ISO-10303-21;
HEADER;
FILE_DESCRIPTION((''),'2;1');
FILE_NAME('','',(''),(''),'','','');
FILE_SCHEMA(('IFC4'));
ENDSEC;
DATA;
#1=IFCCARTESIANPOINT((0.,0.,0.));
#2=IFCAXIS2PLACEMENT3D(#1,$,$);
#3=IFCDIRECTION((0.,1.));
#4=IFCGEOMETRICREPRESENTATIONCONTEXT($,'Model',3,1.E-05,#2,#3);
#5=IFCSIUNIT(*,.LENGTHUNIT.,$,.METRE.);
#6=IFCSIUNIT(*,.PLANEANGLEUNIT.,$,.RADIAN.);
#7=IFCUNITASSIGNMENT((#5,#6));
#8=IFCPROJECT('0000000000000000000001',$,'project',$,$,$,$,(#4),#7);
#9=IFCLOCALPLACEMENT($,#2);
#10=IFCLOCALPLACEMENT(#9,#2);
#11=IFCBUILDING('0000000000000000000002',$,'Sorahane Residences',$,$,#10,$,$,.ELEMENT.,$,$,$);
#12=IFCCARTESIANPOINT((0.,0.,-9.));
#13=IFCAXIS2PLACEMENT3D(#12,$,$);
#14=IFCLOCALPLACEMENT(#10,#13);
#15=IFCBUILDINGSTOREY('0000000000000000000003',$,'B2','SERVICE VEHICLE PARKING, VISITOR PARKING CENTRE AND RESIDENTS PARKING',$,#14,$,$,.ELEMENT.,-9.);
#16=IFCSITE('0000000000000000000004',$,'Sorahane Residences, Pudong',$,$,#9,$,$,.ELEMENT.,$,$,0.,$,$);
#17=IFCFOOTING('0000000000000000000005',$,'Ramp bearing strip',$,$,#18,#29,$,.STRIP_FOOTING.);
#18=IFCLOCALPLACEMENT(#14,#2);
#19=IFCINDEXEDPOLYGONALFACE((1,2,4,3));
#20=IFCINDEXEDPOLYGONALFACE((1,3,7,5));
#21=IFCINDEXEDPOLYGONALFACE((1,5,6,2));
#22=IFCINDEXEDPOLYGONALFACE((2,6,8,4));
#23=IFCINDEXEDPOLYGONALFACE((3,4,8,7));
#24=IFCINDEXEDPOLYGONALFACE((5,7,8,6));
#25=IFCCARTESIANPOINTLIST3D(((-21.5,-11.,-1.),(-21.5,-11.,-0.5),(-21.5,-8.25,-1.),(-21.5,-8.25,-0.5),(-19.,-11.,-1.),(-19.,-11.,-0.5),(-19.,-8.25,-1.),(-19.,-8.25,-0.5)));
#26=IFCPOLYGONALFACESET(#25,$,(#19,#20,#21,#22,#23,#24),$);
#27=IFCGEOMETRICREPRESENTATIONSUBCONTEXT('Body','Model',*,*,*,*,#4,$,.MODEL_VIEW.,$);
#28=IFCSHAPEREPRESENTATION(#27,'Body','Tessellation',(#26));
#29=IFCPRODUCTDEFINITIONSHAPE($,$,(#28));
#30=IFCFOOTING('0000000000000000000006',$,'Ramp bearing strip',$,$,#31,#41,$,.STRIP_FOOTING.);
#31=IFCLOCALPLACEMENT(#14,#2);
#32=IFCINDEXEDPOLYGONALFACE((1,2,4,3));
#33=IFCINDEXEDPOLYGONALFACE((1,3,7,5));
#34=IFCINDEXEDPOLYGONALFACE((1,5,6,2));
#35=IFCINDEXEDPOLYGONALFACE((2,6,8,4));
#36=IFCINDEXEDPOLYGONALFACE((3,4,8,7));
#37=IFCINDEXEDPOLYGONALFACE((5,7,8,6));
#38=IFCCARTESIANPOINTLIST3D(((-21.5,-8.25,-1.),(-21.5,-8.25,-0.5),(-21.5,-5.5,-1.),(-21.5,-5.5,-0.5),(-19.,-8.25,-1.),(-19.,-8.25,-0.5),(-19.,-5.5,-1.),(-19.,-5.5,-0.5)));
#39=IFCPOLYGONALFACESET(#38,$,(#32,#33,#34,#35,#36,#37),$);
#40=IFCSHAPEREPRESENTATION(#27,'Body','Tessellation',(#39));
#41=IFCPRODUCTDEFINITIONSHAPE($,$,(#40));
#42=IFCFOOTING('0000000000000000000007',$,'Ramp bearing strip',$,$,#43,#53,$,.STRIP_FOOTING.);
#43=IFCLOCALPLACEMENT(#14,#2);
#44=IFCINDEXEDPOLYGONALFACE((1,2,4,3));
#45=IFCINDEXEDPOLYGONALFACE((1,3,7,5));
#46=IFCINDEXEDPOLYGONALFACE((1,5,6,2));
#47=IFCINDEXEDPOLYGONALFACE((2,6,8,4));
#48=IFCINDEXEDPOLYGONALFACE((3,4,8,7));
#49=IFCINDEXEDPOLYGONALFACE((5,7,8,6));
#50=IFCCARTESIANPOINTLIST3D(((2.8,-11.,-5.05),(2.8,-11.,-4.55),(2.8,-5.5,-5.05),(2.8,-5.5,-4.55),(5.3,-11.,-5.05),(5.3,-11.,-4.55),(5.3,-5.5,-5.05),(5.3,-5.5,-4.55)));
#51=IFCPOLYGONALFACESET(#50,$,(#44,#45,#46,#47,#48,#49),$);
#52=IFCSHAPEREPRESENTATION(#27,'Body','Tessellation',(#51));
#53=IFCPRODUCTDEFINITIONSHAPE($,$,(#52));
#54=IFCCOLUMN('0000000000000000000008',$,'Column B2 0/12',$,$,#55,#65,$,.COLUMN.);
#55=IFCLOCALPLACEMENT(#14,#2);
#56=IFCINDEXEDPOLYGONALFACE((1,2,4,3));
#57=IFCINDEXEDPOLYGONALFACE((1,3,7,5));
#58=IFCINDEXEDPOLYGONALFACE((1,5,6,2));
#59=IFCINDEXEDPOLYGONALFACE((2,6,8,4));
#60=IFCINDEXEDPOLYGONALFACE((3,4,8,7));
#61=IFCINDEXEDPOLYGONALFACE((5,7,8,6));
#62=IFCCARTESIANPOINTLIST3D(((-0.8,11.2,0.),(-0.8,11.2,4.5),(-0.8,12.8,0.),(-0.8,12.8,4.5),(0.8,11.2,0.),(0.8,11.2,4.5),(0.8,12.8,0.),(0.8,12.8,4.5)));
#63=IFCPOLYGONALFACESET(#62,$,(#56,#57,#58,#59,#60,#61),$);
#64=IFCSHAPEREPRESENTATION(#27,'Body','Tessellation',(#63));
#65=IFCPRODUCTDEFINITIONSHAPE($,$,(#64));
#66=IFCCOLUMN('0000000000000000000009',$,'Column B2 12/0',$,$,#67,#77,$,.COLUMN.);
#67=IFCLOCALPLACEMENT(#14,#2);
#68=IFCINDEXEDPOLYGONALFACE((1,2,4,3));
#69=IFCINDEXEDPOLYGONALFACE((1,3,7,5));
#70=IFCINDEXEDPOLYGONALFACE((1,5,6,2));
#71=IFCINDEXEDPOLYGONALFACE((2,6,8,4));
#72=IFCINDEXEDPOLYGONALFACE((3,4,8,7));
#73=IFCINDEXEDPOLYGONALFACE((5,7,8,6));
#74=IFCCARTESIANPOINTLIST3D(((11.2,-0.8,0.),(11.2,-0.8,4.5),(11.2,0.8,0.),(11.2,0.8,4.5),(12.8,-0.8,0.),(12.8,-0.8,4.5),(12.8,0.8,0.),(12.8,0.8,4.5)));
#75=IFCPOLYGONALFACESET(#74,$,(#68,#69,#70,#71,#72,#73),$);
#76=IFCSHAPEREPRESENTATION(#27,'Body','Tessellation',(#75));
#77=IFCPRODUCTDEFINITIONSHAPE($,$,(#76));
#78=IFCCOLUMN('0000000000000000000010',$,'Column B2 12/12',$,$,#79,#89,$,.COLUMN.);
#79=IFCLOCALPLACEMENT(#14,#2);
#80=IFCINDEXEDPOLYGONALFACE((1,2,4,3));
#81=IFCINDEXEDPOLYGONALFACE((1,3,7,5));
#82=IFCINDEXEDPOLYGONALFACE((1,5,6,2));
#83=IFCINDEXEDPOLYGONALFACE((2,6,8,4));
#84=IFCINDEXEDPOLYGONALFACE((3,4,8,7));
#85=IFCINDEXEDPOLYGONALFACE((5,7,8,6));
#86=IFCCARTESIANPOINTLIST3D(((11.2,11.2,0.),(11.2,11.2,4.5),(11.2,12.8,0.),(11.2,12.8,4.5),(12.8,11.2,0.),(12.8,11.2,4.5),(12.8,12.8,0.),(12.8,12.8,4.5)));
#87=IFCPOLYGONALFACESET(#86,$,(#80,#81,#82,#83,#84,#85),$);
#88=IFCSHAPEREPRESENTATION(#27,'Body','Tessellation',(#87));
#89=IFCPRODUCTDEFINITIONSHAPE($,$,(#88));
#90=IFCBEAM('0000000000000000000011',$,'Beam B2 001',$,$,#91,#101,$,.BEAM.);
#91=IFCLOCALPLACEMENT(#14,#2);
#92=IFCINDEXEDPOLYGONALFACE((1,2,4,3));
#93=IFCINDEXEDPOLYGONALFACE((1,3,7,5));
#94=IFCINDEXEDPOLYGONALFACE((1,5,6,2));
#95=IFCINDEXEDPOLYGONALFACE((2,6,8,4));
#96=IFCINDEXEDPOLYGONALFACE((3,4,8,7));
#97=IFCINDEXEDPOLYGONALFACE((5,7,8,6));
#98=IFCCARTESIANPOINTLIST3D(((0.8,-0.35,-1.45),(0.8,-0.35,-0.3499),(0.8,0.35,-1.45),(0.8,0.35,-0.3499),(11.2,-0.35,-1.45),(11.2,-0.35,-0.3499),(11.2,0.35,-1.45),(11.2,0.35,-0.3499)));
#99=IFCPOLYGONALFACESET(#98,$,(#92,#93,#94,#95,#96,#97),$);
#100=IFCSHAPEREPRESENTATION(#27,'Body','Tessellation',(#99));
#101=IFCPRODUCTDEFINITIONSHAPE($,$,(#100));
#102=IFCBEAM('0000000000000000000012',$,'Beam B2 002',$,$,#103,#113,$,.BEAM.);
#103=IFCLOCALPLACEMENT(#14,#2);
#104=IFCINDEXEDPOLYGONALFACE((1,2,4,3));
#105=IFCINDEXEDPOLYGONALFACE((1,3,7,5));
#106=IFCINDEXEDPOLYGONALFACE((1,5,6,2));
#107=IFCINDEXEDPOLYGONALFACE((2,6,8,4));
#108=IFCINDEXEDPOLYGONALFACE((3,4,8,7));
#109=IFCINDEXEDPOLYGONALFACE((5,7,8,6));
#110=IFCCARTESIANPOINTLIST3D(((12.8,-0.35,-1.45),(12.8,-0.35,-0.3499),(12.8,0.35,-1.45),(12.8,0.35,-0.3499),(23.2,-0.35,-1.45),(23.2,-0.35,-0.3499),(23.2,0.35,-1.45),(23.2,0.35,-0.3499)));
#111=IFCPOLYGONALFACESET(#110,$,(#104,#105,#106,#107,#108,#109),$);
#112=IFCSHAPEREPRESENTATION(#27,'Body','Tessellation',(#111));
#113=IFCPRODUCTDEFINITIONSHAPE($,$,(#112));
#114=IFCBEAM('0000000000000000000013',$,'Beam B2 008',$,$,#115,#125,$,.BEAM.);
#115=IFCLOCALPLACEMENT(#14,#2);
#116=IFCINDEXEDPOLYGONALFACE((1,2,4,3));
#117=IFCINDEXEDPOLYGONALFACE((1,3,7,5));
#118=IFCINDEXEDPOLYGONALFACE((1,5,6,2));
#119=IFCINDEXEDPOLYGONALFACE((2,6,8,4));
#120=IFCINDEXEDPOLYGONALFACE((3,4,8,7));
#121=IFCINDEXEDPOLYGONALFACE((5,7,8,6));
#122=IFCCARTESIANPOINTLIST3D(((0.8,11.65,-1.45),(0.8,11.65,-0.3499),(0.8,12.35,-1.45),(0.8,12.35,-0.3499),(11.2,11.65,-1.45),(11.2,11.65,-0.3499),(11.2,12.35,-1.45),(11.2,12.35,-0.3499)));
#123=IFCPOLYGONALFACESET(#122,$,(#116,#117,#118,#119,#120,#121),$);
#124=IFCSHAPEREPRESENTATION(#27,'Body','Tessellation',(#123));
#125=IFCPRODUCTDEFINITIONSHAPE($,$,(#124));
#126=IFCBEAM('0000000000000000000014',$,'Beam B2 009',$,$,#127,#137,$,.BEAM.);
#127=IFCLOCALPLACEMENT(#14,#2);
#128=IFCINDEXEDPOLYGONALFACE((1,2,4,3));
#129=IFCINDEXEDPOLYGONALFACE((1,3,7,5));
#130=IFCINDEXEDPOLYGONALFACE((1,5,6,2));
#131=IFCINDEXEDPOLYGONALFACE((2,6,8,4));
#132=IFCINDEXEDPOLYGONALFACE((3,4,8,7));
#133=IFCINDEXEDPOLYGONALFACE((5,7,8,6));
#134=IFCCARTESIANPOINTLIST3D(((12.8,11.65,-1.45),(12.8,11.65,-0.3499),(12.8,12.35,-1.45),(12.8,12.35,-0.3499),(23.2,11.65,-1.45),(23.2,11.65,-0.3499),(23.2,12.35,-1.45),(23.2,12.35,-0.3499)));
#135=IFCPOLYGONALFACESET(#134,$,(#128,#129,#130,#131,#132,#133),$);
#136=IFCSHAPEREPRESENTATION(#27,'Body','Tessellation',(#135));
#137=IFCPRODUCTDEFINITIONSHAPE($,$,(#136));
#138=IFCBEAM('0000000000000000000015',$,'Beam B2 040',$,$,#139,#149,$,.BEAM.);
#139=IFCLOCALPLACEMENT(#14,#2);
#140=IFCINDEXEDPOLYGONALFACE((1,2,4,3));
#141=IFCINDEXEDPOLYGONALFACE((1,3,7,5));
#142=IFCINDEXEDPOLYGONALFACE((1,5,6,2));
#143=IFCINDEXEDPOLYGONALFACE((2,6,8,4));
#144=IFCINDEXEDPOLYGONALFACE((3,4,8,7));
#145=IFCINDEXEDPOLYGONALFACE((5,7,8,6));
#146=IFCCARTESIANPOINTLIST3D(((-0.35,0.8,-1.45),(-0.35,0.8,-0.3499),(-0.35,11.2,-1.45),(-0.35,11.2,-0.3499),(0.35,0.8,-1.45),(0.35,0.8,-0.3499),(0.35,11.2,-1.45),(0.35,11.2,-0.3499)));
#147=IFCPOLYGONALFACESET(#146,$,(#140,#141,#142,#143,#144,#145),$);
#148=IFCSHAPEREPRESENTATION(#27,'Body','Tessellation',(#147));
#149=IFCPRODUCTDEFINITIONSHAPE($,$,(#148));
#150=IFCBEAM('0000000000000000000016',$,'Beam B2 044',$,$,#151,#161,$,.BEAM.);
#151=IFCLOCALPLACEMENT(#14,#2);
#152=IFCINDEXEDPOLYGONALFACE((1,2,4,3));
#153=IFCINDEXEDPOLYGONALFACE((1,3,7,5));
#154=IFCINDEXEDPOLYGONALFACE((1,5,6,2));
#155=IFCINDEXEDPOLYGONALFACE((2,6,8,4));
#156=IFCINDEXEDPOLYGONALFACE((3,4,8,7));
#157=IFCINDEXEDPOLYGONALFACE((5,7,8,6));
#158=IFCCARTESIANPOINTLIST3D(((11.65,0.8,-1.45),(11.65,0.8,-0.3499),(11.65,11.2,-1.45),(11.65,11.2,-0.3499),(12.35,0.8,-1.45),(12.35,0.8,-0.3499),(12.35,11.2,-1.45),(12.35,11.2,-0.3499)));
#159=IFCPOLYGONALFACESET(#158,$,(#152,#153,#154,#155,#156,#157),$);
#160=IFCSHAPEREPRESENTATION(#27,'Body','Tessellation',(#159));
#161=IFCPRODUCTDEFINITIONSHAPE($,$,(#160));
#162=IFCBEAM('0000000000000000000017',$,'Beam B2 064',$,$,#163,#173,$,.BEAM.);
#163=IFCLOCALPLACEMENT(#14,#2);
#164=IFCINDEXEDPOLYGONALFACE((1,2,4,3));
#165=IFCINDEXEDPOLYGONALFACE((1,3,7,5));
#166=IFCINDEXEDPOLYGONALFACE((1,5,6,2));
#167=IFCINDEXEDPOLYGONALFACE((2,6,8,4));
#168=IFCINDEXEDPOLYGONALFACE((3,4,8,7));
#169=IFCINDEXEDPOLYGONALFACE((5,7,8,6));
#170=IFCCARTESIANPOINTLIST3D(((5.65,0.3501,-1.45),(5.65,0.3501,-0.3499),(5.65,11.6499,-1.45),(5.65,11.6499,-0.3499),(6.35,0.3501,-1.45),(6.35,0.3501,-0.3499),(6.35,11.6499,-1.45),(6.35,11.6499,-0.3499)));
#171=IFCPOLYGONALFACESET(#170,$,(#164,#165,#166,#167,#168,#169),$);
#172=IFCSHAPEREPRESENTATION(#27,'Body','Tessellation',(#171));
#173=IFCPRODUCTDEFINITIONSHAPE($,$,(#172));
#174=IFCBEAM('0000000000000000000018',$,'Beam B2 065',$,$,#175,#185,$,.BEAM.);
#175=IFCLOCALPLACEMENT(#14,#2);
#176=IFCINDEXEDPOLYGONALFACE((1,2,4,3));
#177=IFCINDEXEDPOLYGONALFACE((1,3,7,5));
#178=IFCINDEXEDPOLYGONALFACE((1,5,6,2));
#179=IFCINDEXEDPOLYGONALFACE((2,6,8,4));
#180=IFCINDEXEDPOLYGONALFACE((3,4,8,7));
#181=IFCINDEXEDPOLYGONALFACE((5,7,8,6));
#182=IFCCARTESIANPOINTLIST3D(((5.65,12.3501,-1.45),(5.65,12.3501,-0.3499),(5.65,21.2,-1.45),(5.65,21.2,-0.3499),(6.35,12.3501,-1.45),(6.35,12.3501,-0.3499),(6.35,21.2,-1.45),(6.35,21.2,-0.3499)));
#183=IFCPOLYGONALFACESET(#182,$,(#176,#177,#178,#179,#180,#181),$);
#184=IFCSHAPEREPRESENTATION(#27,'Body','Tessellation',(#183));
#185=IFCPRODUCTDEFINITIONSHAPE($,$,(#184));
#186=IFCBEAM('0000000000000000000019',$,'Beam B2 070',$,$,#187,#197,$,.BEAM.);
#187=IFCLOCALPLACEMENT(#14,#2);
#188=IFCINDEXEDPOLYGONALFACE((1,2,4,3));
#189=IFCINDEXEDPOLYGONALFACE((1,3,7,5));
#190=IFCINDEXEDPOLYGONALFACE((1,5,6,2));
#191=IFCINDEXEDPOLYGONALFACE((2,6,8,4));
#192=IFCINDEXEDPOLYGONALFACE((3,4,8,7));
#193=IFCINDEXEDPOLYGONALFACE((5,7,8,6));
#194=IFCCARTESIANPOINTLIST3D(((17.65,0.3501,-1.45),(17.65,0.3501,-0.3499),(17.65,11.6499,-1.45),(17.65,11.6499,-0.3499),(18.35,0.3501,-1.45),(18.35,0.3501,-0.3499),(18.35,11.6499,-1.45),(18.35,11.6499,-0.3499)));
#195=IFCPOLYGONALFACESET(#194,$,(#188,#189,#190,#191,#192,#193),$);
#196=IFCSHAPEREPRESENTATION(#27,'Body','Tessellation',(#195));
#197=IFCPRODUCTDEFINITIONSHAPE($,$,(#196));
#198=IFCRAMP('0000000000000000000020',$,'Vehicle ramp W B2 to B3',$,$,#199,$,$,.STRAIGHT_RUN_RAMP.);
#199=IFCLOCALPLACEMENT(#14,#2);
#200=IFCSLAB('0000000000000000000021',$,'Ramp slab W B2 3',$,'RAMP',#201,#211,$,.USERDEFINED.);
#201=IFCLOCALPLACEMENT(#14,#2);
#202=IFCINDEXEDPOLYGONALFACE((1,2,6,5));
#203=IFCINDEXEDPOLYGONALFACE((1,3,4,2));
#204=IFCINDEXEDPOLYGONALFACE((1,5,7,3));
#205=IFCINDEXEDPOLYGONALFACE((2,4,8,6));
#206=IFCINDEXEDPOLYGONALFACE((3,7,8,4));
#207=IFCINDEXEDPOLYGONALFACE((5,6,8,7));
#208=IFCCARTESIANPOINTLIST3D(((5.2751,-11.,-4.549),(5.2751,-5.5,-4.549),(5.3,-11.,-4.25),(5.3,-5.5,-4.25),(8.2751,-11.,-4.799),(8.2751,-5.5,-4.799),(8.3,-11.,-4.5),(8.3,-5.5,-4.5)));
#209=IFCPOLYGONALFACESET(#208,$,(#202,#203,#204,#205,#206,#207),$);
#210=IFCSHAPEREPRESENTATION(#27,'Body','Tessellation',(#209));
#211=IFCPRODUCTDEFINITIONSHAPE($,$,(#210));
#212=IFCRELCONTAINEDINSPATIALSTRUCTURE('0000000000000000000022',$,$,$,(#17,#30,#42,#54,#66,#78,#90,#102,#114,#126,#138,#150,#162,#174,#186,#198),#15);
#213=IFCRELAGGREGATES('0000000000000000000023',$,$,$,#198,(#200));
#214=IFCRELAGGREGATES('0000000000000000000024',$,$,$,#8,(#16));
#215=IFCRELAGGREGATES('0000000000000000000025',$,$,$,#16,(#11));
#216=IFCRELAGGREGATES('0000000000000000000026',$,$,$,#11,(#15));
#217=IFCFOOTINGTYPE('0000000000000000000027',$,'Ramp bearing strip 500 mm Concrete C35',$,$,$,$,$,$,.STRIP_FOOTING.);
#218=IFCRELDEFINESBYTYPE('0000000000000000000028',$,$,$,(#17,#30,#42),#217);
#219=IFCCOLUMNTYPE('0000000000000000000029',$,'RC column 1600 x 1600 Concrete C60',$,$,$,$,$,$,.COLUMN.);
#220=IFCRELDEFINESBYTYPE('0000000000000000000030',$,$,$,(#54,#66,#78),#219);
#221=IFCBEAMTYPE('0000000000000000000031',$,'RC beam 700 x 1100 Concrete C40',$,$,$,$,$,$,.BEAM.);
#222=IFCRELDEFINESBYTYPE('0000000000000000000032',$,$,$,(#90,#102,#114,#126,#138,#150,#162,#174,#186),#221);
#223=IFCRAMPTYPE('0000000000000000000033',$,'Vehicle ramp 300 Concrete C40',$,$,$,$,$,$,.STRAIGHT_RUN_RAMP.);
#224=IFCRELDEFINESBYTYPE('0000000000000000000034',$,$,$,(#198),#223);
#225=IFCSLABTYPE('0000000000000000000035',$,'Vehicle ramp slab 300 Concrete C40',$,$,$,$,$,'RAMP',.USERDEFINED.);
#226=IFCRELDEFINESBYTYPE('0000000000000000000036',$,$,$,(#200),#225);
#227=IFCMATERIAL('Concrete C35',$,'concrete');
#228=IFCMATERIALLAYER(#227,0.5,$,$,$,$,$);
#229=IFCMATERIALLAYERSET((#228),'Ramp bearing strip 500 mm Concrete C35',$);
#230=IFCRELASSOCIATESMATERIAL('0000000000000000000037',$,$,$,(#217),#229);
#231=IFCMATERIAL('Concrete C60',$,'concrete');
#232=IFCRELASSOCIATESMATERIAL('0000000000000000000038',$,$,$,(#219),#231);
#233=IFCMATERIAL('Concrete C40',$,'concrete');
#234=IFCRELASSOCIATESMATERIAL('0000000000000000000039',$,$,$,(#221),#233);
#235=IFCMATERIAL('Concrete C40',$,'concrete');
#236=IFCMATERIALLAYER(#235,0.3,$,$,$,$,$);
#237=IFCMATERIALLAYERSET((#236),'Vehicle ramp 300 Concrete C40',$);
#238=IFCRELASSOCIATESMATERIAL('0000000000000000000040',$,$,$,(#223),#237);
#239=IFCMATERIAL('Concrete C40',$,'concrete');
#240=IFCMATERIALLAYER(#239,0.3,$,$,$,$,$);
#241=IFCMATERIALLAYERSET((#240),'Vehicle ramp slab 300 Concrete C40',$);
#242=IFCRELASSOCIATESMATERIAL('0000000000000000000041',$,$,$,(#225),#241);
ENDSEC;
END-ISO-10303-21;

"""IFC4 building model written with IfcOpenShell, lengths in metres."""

from ifc_helpers import new_model, si_unit, direction, frame, origin, origin_2d, place, context, subcontext, project, spatial, polyline, rectangle, outline, extrude, material, layer, layer_set, material_profile, profile_set, type_object, element, aggregate, save


model = new_model("IFC4")

# Units and contexts
model_context = context("Model", 3, precision=1e-05, world=origin(), true_north=direction((0.0, 1.0)))
body_context = subcontext(model_context, "Body", "Model", "MODEL_VIEW")
ifc_project = project(units=[si_unit("LENGTHUNIT", "METRE"), si_unit("PLANEANGLEUNIT", "RADIAN")], contexts=[model_context])

# Site, building, storey
site_placement = place(None, origin())
site = spatial("IfcSite", under=ifc_project, at=site_placement, Name="Sorahane Residences, Pudong", CompositionType="ELEMENT", RefElevation=0.0)
building_placement = place(site_placement, origin())
building = spatial("IfcBuilding", under=site, at=building_placement, Name="Sorahane Residences", CompositionType="ELEMENT")
storey_placement = place(building_placement, frame((0.0, 0.0, -9.0)))
storey = spatial("IfcBuildingStorey", under=building, at=storey_placement, Name="B2", Description="SERVICE VEHICLE PARKING, VISITOR PARKING CENTRE AND RESIDENTS PARKING", CompositionType="ELEMENT", Elevation=-9.0)

# Footings
ifc_material_1 = material(Name="Concrete C35", Category="concrete")
ifc_layer_1 = layer(ifc_material_1, 0.5)
ifc_layer_set_1 = layer_set([ifc_layer_1], Name="Ramp bearing strip 500 mm Concrete C35")
footing_type = type_object("IfcFootingType", Name="Ramp bearing strip 500 mm Concrete C35", PredefinedType="STRIP_FOOTING", material=ifc_layer_set_1)
footing_1_placement = place(storey_placement, frame((0.0, 0.0, -1.0)))
element("IfcFooting", 1, at=footing_1_placement, inside=storey, type_object=footing_type, Name="Ramp bearing strip", PredefinedType="STRIP_FOOTING", context=body_context, shape_type="SweptSolid", body=[
    extrude(outline(polyline([(-21.5, -11.0), (-19.0, -11.0), (-19.0, -8.25), (-21.5, -8.25), (-21.5, -11.0)])), origin(), (0.0, 0.0, 1.0), 0.5),
])
footing_2_placement = place(storey_placement, frame((0.0, 0.0, -1.0)))
element("IfcFooting", 2, at=footing_2_placement, inside=storey, type_object=footing_type, Name="Ramp bearing strip", PredefinedType="STRIP_FOOTING", context=body_context, shape_type="SweptSolid", body=[
    extrude(outline(polyline([(-21.5, -8.25), (-19.0, -8.25), (-19.0, -5.5), (-21.5, -5.5), (-21.5, -8.25)])), origin(), (0.0, 0.0, 1.0), 0.5),
])
footing_3_placement = place(storey_placement, frame((0.0, 0.0, -5.05)))
element("IfcFooting", 3, at=footing_3_placement, inside=storey, type_object=footing_type, Name="Ramp bearing strip", PredefinedType="STRIP_FOOTING", context=body_context, shape_type="SweptSolid", body=[
    extrude(outline(polyline([(2.8, -11.0), (5.3, -11.0), (5.3, -5.5), (2.8, -5.5), (2.8, -11.0)])), origin(), (0.0, 0.0, 1.0), 0.5),
])

# Columns
ifc_material_2 = material(Name="Concrete C60", Category="concrete")
ifc_material_profile_1 = material_profile(ifc_material_2, rectangle(XDim=1.6001, YDim=1.6001, at=origin_2d()), Name="1600x1600")
ifc_profile_set_1 = profile_set([ifc_material_profile_1], Name="Concrete C60")
column_type = type_object("IfcColumnType", Name="RC column 1600 x 1600 Concrete C60", PredefinedType="COLUMN", material=ifc_profile_set_1)
for number, where, z_axis, x_axis, name in (
    (4, (0.0, 12.0, 0.0), (0.0, 0.0, 1.0), (1.0, 0.0, 0.0), "Column B2 0/12"),
    (5, (12.0, 0.0, 0.0), (0.0, 0.0, 1.0), (1.0, 0.0, 0.0), "Column B2 12/0"),
    (6, (12.0, 12.0, 0.0), (0.0, 0.0, 1.0), (1.0, 0.0, 0.0), "Column B2 12/12"),
):
    element("IfcColumn", number, at=place(storey_placement, frame(where, z_axis=z_axis, x_axis=x_axis)), inside=storey, type_object=column_type, Name=name, PredefinedType="COLUMN", context=body_context, shape_type="SweptSolid", body=[
        extrude(rectangle(XDim=1.6001, YDim=1.6001, at=origin_2d()), origin(), (0.0, 0.0, 1.0), 4.5),
    ])

# Beams
ifc_material_3 = material(Name="Concrete C40", Category="concrete")
ifc_material_profile_2 = material_profile(ifc_material_3, rectangle(XDim=0.7, YDim=1.1001, at=origin_2d()), Name="700x1100")
ifc_profile_set_2 = profile_set([ifc_material_profile_2], Name="Concrete C40")
beam_type = type_object("IfcBeamType", Name="RC beam 700 x 1100 Concrete C40", PredefinedType="BEAM", material=ifc_profile_set_2)
for number, where, z_axis, x_axis, name in (
    (7, (0.8, 0.0, -0.8999), (1.0, 0.0, 0.0), (0.0, 1.0, 0.0), "Beam B2 001"),
    (8, (12.8, 0.0, -0.8999), (1.0, 0.0, 0.0), (0.0, 1.0, 0.0), "Beam B2 002"),
    (9, (0.8, 12.0, -0.8999), (1.0, 0.0, 0.0), (0.0, 1.0, 0.0), "Beam B2 008"),
    (10, (12.8, 12.0, -0.8999), (1.0, 0.0, 0.0), (0.0, 1.0, 0.0), "Beam B2 009"),
    (11, (0.0, 0.8, -0.8999), (0.0, 1.0, 0.0), (-1.0, 0.0, 0.0), "Beam B2 040"),
    (12, (12.0, 0.8, -0.8999), (0.0, 1.0, 0.0), (-1.0, 0.0, 0.0), "Beam B2 044"),
):
    element("IfcBeam", number, at=place(storey_placement, frame(where, z_axis=z_axis, x_axis=x_axis)), inside=storey, type_object=beam_type, Name=name, PredefinedType="BEAM", context=body_context, shape_type="SweptSolid", body=[
        extrude(rectangle(XDim=0.7, YDim=1.1001, at=origin_2d()), origin(), (0.0, 0.0, 1.0), 10.3999),
    ])
beam_1_placement = place(storey_placement, frame((6.0, 0.3501, -0.8999), z_axis=(0.0, 1.0, 0.0), x_axis=(-1.0, 0.0, 0.0)))
element("IfcBeam", 13, at=beam_1_placement, inside=storey, type_object=beam_type, Name="Beam B2 064", PredefinedType="BEAM", context=body_context, shape_type="SweptSolid", body=[
    extrude(rectangle(XDim=0.7, YDim=1.1001, at=origin_2d()), origin(), (0.0, 0.0, 1.0), 11.2998),
])
beam_2_placement = place(storey_placement, frame((6.0, 12.3501, -0.8999), z_axis=(0.0, 1.0, 0.0), x_axis=(-1.0, 0.0, 0.0)))
element("IfcBeam", 14, at=beam_2_placement, inside=storey, type_object=beam_type, Name="Beam B2 065", PredefinedType="BEAM", context=body_context, shape_type="SweptSolid", body=[
    extrude(rectangle(XDim=0.7, YDim=1.1001, at=origin_2d()), origin(), (0.0, 0.0, 1.0), 8.8499),
])
beam_3_placement = place(storey_placement, frame((18.0, 0.3501, -0.8999), z_axis=(0.0, 1.0, 0.0), x_axis=(-1.0, 0.0, 0.0)))
element("IfcBeam", 15, at=beam_3_placement, inside=storey, type_object=beam_type, Name="Beam B2 070", PredefinedType="BEAM", context=body_context, shape_type="SweptSolid", body=[
    extrude(rectangle(XDim=0.7, YDim=1.1001, at=origin_2d()), origin(), (0.0, 0.0, 1.0), 11.2998),
])

# Ramp, slab
ifc_material_4 = material(Name="Concrete C40", Category="concrete")
ifc_layer_2 = layer(ifc_material_4, 0.3)
ifc_layer_set_2 = layer_set([ifc_layer_2], Name="Vehicle ramp 300 Concrete C40")
ramp_type = type_object("IfcRampType", Name="Vehicle ramp 300 Concrete C40", PredefinedType="STRAIGHT_RUN_RAMP", material=ifc_layer_set_2)
ramp_placement = place(storey_placement, origin())
ramp = element("IfcRamp", 16, at=ramp_placement, inside=storey, type_object=ramp_type, Name="Vehicle ramp W B2 to B3", PredefinedType="STRAIGHT_RUN_RAMP")
ifc_material_5 = material(Name="Concrete C40", Category="concrete")
ifc_layer_3 = layer(ifc_material_5, 0.3)
ifc_layer_set_3 = layer_set([ifc_layer_3], Name="Vehicle ramp slab 300 Concrete C40")
slab_type = type_object("IfcSlabType", Name="Vehicle ramp slab 300 Concrete C40", ElementType="RAMP", PredefinedType="USERDEFINED", material=ifc_layer_set_3)
slab_placement = place(storey_placement, frame((5.3, -11.0, -4.25), z_axis=(0.083045, 0.0, 0.996546), x_axis=(0.996546, 0.0, -0.083045)))
slab = element("IfcSlab", 17, at=slab_placement, type_object=slab_type, Name="Ramp slab W B2 3", ObjectType="RAMP", PredefinedType="USERDEFINED", context=body_context, shape_type="SweptSolid", body=[
    extrude(outline(polyline([(0.0, 0.0), (3.0104, 0.0), (3.0104, 5.5), (0.0, 5.5), (0.0, 0.0)])), origin(), (0.0, 0.0, -1.0), 0.3),
])
aggregate(ramp, [slab])

save(model, "model.ifc")
